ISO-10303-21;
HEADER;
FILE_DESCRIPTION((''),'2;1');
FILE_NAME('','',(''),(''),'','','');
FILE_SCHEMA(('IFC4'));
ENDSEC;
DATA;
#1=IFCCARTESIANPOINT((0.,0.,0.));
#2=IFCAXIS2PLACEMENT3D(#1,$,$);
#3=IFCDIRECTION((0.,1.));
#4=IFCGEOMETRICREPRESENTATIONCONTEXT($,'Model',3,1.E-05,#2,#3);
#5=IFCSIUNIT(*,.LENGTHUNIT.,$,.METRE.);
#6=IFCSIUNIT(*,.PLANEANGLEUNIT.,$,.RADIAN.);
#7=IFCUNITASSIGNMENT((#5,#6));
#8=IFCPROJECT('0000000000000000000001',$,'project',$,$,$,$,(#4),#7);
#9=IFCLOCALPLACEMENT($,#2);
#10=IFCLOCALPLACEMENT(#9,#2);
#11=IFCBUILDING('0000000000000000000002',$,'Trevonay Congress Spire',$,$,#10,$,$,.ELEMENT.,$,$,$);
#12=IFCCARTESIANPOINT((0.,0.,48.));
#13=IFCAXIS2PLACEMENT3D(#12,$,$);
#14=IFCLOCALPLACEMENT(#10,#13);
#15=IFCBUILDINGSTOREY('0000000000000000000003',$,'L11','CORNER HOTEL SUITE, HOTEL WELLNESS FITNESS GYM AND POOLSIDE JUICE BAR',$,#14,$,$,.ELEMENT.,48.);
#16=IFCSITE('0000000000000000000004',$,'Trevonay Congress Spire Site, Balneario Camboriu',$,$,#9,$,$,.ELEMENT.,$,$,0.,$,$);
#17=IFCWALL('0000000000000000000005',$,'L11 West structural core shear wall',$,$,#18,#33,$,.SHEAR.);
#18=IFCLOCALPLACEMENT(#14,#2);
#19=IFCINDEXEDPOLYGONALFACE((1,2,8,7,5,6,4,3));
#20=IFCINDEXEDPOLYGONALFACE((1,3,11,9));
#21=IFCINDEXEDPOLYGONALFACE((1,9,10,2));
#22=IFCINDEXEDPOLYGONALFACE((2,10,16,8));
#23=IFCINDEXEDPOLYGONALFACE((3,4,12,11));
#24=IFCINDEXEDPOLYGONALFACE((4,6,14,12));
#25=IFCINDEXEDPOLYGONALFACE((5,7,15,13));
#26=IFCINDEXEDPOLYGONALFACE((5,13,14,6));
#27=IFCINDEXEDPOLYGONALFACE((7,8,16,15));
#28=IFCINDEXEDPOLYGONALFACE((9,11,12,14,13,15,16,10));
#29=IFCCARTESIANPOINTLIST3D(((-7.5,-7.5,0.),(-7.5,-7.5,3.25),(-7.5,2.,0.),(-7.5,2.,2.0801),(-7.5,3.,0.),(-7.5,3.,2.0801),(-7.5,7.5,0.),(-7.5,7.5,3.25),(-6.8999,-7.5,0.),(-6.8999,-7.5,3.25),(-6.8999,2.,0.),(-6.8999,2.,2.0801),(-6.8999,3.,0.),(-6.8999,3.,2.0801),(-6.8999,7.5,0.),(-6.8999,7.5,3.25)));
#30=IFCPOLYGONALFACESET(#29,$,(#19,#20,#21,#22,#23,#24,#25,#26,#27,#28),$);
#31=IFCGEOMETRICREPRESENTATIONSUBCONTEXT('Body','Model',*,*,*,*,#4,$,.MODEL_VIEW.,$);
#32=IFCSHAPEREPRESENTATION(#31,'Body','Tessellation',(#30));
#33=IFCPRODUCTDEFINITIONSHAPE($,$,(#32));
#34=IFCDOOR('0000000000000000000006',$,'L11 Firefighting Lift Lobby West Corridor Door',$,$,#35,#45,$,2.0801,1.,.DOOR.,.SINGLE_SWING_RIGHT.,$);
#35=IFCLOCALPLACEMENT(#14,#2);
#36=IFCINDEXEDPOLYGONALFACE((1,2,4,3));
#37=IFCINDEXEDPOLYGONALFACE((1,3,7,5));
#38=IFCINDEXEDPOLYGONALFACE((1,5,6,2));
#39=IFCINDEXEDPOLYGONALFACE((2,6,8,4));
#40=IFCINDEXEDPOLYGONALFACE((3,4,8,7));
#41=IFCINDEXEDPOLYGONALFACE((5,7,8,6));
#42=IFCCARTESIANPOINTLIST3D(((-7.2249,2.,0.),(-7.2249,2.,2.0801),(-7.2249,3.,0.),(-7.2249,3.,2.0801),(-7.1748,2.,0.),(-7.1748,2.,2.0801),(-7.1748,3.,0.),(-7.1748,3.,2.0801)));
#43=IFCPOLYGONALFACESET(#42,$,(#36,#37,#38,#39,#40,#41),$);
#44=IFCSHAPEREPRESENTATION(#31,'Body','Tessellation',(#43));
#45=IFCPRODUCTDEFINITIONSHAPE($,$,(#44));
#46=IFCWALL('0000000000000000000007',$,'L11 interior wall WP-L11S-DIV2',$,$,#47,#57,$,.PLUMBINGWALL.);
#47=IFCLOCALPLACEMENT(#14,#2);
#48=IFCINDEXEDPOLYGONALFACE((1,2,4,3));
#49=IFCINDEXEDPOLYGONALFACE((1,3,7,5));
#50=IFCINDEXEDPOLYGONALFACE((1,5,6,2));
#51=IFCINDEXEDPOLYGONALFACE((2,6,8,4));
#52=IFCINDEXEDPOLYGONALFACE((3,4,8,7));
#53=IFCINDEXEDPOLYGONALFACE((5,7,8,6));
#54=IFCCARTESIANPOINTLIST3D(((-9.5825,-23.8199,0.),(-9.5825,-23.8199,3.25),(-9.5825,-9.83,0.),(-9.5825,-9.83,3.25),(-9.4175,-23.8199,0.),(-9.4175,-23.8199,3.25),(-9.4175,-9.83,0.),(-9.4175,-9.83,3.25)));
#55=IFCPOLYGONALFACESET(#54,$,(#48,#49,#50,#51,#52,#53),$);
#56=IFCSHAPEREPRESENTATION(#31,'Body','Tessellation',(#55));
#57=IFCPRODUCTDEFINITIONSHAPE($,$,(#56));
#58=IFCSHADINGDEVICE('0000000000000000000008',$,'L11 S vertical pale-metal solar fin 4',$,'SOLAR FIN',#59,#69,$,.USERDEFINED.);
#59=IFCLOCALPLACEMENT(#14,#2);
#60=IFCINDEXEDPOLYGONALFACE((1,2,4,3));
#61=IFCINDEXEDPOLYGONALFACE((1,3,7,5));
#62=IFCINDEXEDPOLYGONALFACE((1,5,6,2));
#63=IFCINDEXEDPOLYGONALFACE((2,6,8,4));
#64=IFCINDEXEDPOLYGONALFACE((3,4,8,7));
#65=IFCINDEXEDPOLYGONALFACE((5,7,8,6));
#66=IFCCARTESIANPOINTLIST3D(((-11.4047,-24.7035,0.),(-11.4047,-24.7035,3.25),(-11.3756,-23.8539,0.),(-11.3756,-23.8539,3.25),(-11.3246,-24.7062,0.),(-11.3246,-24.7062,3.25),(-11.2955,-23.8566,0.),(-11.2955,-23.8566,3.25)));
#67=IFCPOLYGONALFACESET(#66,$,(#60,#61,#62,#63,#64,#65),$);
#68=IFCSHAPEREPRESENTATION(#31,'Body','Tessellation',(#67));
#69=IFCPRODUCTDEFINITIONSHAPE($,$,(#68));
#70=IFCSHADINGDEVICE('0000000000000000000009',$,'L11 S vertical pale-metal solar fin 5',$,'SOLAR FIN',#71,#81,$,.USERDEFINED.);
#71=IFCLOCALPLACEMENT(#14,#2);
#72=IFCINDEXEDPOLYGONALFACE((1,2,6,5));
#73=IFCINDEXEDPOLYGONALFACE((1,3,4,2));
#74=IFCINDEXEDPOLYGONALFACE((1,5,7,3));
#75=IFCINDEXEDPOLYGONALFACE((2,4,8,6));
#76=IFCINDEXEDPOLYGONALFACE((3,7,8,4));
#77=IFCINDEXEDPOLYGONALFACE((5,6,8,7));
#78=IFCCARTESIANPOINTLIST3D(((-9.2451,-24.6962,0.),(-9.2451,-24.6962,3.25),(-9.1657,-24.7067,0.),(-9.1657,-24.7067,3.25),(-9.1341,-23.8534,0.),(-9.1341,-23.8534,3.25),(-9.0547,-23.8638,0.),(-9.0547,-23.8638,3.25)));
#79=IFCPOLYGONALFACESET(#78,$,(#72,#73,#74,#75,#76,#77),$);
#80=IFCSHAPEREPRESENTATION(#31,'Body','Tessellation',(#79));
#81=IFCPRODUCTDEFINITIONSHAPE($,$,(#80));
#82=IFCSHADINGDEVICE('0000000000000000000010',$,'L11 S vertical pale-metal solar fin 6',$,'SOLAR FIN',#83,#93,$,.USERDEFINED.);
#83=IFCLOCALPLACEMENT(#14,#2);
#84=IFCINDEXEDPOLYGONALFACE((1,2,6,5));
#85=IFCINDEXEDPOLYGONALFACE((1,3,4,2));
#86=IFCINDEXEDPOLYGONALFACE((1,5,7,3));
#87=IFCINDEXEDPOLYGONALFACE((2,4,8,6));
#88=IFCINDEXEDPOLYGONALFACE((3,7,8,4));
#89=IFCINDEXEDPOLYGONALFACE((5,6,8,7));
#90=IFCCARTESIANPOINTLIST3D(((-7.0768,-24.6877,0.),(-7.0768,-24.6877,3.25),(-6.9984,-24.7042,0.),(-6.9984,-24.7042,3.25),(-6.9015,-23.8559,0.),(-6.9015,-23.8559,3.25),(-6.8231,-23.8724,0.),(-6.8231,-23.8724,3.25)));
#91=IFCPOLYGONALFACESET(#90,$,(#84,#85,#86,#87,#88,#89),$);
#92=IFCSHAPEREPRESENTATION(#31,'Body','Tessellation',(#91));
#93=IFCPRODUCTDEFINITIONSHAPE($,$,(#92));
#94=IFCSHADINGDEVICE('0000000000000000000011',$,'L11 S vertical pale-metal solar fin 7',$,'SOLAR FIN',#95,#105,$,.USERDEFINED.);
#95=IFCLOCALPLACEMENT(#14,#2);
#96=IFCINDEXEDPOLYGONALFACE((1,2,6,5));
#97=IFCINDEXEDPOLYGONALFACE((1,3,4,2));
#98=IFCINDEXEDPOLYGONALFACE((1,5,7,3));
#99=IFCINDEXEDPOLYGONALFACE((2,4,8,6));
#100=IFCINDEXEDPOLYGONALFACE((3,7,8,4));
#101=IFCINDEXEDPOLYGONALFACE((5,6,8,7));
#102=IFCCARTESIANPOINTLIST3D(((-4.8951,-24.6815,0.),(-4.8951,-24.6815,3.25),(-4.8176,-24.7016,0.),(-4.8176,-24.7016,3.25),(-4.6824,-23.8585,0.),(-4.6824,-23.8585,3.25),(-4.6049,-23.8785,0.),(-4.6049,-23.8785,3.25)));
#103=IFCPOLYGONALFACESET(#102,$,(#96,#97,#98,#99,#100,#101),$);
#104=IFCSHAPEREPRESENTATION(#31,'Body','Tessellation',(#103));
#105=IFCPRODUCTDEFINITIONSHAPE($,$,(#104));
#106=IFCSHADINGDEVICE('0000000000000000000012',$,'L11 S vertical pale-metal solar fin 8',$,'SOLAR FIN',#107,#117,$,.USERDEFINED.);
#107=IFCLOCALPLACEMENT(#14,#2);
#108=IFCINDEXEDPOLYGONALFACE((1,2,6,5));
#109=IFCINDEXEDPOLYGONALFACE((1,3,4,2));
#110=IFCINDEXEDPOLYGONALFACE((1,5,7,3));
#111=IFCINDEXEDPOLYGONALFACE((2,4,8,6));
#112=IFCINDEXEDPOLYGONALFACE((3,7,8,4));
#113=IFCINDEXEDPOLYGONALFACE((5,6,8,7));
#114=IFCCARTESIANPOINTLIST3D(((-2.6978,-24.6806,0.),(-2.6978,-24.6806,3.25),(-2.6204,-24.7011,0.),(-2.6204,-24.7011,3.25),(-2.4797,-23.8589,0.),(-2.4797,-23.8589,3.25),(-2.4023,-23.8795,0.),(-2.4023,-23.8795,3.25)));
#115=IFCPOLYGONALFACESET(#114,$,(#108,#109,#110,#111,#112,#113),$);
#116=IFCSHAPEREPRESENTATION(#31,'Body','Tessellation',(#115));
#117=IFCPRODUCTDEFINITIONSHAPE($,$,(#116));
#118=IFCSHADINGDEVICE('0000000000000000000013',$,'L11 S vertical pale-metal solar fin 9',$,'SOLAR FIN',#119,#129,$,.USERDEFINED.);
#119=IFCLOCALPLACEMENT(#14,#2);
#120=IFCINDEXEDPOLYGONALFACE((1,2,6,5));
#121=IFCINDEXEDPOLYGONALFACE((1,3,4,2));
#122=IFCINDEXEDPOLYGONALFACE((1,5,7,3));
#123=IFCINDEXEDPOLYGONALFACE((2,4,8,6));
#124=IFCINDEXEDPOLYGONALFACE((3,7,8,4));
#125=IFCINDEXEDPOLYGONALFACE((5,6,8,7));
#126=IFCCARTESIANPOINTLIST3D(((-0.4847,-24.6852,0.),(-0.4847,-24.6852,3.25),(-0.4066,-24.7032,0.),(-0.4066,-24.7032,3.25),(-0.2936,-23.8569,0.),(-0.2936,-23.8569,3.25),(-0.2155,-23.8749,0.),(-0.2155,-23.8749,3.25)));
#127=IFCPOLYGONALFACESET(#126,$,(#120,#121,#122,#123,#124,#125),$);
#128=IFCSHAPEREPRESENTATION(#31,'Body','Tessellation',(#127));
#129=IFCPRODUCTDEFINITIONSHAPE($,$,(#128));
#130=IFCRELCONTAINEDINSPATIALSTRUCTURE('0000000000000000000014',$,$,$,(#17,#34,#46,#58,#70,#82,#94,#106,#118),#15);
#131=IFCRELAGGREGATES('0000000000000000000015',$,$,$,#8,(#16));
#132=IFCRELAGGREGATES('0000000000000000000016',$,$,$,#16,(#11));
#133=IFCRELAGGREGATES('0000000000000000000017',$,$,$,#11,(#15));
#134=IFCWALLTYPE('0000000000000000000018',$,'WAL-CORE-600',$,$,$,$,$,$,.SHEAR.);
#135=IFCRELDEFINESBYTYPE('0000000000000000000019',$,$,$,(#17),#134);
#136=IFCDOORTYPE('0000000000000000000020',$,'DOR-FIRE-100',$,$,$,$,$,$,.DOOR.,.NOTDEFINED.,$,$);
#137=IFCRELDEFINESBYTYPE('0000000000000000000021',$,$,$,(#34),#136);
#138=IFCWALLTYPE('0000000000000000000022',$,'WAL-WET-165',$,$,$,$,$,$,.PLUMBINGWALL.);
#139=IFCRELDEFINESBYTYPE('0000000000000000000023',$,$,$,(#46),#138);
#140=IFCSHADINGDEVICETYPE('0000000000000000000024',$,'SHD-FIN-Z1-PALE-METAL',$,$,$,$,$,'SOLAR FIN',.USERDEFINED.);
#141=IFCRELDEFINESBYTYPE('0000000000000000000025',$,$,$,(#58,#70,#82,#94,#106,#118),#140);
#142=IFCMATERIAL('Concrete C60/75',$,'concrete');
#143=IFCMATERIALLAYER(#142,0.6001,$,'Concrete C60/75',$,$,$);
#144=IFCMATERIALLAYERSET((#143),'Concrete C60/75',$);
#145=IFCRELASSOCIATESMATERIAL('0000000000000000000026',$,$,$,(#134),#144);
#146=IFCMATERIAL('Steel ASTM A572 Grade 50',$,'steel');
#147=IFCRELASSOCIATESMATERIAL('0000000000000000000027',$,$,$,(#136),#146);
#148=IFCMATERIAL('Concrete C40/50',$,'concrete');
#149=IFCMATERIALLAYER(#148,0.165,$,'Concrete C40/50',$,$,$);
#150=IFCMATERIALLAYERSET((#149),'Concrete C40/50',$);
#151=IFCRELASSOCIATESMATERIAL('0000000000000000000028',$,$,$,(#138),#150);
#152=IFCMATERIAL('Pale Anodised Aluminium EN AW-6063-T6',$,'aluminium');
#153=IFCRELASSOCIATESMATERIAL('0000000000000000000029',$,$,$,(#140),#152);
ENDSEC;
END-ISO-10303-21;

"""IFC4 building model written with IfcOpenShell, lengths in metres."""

from ifc_helpers import new_model, si_unit, direction, frame, frame_2d, origin, origin_2d, place, context, subcontext, project, spatial, rectangle, extrude, material, layer, layer_set, type_object, element, fill, save


model = new_model("IFC4")

# Units and contexts
model_context = context("Model", 3, precision=1e-05, world=origin(), true_north=direction((0.0, 1.0)))
body_context = subcontext(model_context, "Body", "Model", "MODEL_VIEW")
ifc_project = project(units=[si_unit("LENGTHUNIT", "METRE"), si_unit("PLANEANGLEUNIT", "RADIAN")], contexts=[model_context])

# Site, building, storey
site_placement = place(None, origin())
site = spatial("IfcSite", under=ifc_project, at=site_placement, Name="Trevonay Congress Spire Site, Balneario Camboriu", CompositionType="ELEMENT", RefElevation=0.0)
building_placement = place(site_placement, origin())
building = spatial("IfcBuilding", under=site, at=building_placement, Name="Trevonay Congress Spire", CompositionType="ELEMENT")
storey_placement = place(building_placement, frame((0.0, 0.0, 48.0)))
storey = spatial("IfcBuildingStorey", under=building, at=storey_placement, Name="L11", Description="CORNER HOTEL SUITE, HOTEL WELLNESS FITNESS GYM AND POOLSIDE JUICE BAR", CompositionType="ELEMENT", Elevation=48.0)

# Shared definitions
ifc_material_1 = material(Name="Steel ASTM A572 Grade 50", Category="steel")

# Shared definitions
ifc_material_2 = material(Name="Pale Anodised Aluminium EN AW-6063-T6", Category="aluminium")

# Wall, opening, door
ifc_material_3 = material(Name="Concrete C60/75", Category="concrete")
ifc_layer_1 = layer(ifc_material_3, 0.6001, Name="Concrete C60/75")
ifc_layer_set_1 = layer_set([ifc_layer_1], Name="Concrete C60/75")
wall_type_1 = type_object("IfcWallType", Name="WAL-CORE-600", PredefinedType="SHEAR", material=ifc_layer_set_1)
wall_1_placement = place(storey_placement, frame((-7.2, -7.5, 0.0), z_axis=(0.0, 0.0, 1.0), x_axis=(0.0, 1.0, 0.0)))
wall_1 = element("IfcWall", 1, at=wall_1_placement, inside=storey, type_object=wall_type_1, Name="L11 West structural core shear wall", PredefinedType="SHEAR", context=body_context, shape_type="SweptSolid", body=[
    extrude(rectangle(XDim=15.0, YDim=0.6001, at=frame_2d((7.5, 0.0))), origin(), (0.0, 0.0, 1.0), 3.25),
])
opening_placement = place(wall_1_placement, frame((9.5, 0.0, 0.0)))
opening = element("IfcOpeningElement", 2, at=opening_placement, cuts=wall_1, PredefinedType="OPENING", context=body_context, shape_type="SweptSolid", body=[
    extrude(rectangle(XDim=1.0, YDim=2.0801, at=frame_2d((0.5, 1.04))), frame((0.0, 0.3101, 0.0), z_axis=(0.0, -1.0, 0.0), x_axis=(1.0, 0.0, 0.0)), (0.0, 0.0, 1.0), 0.6201),
])
door_type = type_object("IfcDoorType", Name="DOR-FIRE-100", OperationType="NOTDEFINED", PredefinedType="DOOR", material=ifc_material_1)
door_placement = place(opening_placement, origin())
door = element("IfcDoor", 3, at=door_placement, inside=storey, type_object=door_type, Name="L11 Firefighting Lift Lobby West Corridor Door", OperationType="SINGLE_SWING_RIGHT", OverallHeight=2.0801, OverallWidth=1.0, PredefinedType="DOOR", context=body_context, shape_type="SweptSolid", body=[
    extrude(rectangle(XDim=1.0, YDim=2.0801, at=frame_2d((0.5, 1.04))), frame((0.0, 0.0249, 0.0), z_axis=(0.0, -1.0, 0.0), x_axis=(1.0, 0.0, 0.0)), (0.0, 0.0, 1.0), 0.05),
])
fill(opening, door)

# Wall
ifc_material_4 = material(Name="Concrete C40/50", Category="concrete")
ifc_layer_2 = layer(ifc_material_4, 0.165, Name="Concrete C40/50")
ifc_layer_set_2 = layer_set([ifc_layer_2], Name="Concrete C40/50")
wall_type_2 = type_object("IfcWallType", Name="WAL-WET-165", PredefinedType="PLUMBINGWALL", material=ifc_layer_set_2)
wall_2_placement = place(storey_placement, frame((-9.5, -23.8201, 0.0), z_axis=(0.0, 0.0, 1.0), x_axis=(0.0, 1.0, 0.0)))
element("IfcWall", 4, at=wall_2_placement, inside=storey, type_object=wall_type_2, Name="L11 interior wall WP-L11S-DIV2", PredefinedType="PLUMBINGWALL", context=body_context, shape_type="SweptSolid", body=[
    extrude(rectangle(XDim=13.99, YDim=0.165, at=frame_2d((6.9951, 0.0))), origin(), (0.0, 0.0, 1.0), 3.25),
])

# Shading devices
shading_device_type = type_object("IfcShadingDeviceType", Name="SHD-FIN-Z1-PALE-METAL", ElementType="SOLAR FIN", PredefinedType="USERDEFINED", material=ifc_material_2)
for number, where, z_axis, x_axis, name in (
    (5, (-11.3501, -24.28, 0.0), (0.0, 0.0, 1.0), (0.999415, -0.034202, 0.0), "L11 S vertical pale-metal solar fin 4"),
    (6, (-9.1499, -24.28, 0.0), (0.0, 0.0, 1.0), (0.991445, -0.130526, 0.0), "L11 S vertical pale-metal solar fin 5"),
    (7, (-6.95, -24.28, 0.0), (0.0, 0.0, 1.0), (0.978509, -0.206204, 0.0), "L11 S vertical pale-metal solar fin 6"),
    (8, (-4.75, -24.28, 0.0), (0.0, 0.0, 1.0), (0.968191, -0.250211, 0.0), "L11 S vertical pale-metal solar fin 7"),
    (9, (-2.55, -24.28, 0.0), (0.0, 0.0, 1.0), (0.966511, -0.256627, 0.0), "L11 S vertical pale-metal solar fin 8"),
    (10, (-0.3501, -24.28, 0.0), (0.0, 0.0, 1.0), (0.974409, -0.224781, 0.0), "L11 S vertical pale-metal solar fin 9"),
):
    element("IfcShadingDevice", number, at=place(storey_placement, frame(where, z_axis=z_axis, x_axis=x_axis)), inside=storey, type_object=shading_device_type, Name=name, ObjectType="SOLAR FIN", PredefinedType="USERDEFINED", context=body_context, shape_type="SweptSolid", body=[
        extrude(rectangle(XDim=0.0801, YDim=0.8501, at=origin_2d()), origin(), (0.0, 0.0, 1.0), 3.25),
    ])

save(model, "model.ifc")
